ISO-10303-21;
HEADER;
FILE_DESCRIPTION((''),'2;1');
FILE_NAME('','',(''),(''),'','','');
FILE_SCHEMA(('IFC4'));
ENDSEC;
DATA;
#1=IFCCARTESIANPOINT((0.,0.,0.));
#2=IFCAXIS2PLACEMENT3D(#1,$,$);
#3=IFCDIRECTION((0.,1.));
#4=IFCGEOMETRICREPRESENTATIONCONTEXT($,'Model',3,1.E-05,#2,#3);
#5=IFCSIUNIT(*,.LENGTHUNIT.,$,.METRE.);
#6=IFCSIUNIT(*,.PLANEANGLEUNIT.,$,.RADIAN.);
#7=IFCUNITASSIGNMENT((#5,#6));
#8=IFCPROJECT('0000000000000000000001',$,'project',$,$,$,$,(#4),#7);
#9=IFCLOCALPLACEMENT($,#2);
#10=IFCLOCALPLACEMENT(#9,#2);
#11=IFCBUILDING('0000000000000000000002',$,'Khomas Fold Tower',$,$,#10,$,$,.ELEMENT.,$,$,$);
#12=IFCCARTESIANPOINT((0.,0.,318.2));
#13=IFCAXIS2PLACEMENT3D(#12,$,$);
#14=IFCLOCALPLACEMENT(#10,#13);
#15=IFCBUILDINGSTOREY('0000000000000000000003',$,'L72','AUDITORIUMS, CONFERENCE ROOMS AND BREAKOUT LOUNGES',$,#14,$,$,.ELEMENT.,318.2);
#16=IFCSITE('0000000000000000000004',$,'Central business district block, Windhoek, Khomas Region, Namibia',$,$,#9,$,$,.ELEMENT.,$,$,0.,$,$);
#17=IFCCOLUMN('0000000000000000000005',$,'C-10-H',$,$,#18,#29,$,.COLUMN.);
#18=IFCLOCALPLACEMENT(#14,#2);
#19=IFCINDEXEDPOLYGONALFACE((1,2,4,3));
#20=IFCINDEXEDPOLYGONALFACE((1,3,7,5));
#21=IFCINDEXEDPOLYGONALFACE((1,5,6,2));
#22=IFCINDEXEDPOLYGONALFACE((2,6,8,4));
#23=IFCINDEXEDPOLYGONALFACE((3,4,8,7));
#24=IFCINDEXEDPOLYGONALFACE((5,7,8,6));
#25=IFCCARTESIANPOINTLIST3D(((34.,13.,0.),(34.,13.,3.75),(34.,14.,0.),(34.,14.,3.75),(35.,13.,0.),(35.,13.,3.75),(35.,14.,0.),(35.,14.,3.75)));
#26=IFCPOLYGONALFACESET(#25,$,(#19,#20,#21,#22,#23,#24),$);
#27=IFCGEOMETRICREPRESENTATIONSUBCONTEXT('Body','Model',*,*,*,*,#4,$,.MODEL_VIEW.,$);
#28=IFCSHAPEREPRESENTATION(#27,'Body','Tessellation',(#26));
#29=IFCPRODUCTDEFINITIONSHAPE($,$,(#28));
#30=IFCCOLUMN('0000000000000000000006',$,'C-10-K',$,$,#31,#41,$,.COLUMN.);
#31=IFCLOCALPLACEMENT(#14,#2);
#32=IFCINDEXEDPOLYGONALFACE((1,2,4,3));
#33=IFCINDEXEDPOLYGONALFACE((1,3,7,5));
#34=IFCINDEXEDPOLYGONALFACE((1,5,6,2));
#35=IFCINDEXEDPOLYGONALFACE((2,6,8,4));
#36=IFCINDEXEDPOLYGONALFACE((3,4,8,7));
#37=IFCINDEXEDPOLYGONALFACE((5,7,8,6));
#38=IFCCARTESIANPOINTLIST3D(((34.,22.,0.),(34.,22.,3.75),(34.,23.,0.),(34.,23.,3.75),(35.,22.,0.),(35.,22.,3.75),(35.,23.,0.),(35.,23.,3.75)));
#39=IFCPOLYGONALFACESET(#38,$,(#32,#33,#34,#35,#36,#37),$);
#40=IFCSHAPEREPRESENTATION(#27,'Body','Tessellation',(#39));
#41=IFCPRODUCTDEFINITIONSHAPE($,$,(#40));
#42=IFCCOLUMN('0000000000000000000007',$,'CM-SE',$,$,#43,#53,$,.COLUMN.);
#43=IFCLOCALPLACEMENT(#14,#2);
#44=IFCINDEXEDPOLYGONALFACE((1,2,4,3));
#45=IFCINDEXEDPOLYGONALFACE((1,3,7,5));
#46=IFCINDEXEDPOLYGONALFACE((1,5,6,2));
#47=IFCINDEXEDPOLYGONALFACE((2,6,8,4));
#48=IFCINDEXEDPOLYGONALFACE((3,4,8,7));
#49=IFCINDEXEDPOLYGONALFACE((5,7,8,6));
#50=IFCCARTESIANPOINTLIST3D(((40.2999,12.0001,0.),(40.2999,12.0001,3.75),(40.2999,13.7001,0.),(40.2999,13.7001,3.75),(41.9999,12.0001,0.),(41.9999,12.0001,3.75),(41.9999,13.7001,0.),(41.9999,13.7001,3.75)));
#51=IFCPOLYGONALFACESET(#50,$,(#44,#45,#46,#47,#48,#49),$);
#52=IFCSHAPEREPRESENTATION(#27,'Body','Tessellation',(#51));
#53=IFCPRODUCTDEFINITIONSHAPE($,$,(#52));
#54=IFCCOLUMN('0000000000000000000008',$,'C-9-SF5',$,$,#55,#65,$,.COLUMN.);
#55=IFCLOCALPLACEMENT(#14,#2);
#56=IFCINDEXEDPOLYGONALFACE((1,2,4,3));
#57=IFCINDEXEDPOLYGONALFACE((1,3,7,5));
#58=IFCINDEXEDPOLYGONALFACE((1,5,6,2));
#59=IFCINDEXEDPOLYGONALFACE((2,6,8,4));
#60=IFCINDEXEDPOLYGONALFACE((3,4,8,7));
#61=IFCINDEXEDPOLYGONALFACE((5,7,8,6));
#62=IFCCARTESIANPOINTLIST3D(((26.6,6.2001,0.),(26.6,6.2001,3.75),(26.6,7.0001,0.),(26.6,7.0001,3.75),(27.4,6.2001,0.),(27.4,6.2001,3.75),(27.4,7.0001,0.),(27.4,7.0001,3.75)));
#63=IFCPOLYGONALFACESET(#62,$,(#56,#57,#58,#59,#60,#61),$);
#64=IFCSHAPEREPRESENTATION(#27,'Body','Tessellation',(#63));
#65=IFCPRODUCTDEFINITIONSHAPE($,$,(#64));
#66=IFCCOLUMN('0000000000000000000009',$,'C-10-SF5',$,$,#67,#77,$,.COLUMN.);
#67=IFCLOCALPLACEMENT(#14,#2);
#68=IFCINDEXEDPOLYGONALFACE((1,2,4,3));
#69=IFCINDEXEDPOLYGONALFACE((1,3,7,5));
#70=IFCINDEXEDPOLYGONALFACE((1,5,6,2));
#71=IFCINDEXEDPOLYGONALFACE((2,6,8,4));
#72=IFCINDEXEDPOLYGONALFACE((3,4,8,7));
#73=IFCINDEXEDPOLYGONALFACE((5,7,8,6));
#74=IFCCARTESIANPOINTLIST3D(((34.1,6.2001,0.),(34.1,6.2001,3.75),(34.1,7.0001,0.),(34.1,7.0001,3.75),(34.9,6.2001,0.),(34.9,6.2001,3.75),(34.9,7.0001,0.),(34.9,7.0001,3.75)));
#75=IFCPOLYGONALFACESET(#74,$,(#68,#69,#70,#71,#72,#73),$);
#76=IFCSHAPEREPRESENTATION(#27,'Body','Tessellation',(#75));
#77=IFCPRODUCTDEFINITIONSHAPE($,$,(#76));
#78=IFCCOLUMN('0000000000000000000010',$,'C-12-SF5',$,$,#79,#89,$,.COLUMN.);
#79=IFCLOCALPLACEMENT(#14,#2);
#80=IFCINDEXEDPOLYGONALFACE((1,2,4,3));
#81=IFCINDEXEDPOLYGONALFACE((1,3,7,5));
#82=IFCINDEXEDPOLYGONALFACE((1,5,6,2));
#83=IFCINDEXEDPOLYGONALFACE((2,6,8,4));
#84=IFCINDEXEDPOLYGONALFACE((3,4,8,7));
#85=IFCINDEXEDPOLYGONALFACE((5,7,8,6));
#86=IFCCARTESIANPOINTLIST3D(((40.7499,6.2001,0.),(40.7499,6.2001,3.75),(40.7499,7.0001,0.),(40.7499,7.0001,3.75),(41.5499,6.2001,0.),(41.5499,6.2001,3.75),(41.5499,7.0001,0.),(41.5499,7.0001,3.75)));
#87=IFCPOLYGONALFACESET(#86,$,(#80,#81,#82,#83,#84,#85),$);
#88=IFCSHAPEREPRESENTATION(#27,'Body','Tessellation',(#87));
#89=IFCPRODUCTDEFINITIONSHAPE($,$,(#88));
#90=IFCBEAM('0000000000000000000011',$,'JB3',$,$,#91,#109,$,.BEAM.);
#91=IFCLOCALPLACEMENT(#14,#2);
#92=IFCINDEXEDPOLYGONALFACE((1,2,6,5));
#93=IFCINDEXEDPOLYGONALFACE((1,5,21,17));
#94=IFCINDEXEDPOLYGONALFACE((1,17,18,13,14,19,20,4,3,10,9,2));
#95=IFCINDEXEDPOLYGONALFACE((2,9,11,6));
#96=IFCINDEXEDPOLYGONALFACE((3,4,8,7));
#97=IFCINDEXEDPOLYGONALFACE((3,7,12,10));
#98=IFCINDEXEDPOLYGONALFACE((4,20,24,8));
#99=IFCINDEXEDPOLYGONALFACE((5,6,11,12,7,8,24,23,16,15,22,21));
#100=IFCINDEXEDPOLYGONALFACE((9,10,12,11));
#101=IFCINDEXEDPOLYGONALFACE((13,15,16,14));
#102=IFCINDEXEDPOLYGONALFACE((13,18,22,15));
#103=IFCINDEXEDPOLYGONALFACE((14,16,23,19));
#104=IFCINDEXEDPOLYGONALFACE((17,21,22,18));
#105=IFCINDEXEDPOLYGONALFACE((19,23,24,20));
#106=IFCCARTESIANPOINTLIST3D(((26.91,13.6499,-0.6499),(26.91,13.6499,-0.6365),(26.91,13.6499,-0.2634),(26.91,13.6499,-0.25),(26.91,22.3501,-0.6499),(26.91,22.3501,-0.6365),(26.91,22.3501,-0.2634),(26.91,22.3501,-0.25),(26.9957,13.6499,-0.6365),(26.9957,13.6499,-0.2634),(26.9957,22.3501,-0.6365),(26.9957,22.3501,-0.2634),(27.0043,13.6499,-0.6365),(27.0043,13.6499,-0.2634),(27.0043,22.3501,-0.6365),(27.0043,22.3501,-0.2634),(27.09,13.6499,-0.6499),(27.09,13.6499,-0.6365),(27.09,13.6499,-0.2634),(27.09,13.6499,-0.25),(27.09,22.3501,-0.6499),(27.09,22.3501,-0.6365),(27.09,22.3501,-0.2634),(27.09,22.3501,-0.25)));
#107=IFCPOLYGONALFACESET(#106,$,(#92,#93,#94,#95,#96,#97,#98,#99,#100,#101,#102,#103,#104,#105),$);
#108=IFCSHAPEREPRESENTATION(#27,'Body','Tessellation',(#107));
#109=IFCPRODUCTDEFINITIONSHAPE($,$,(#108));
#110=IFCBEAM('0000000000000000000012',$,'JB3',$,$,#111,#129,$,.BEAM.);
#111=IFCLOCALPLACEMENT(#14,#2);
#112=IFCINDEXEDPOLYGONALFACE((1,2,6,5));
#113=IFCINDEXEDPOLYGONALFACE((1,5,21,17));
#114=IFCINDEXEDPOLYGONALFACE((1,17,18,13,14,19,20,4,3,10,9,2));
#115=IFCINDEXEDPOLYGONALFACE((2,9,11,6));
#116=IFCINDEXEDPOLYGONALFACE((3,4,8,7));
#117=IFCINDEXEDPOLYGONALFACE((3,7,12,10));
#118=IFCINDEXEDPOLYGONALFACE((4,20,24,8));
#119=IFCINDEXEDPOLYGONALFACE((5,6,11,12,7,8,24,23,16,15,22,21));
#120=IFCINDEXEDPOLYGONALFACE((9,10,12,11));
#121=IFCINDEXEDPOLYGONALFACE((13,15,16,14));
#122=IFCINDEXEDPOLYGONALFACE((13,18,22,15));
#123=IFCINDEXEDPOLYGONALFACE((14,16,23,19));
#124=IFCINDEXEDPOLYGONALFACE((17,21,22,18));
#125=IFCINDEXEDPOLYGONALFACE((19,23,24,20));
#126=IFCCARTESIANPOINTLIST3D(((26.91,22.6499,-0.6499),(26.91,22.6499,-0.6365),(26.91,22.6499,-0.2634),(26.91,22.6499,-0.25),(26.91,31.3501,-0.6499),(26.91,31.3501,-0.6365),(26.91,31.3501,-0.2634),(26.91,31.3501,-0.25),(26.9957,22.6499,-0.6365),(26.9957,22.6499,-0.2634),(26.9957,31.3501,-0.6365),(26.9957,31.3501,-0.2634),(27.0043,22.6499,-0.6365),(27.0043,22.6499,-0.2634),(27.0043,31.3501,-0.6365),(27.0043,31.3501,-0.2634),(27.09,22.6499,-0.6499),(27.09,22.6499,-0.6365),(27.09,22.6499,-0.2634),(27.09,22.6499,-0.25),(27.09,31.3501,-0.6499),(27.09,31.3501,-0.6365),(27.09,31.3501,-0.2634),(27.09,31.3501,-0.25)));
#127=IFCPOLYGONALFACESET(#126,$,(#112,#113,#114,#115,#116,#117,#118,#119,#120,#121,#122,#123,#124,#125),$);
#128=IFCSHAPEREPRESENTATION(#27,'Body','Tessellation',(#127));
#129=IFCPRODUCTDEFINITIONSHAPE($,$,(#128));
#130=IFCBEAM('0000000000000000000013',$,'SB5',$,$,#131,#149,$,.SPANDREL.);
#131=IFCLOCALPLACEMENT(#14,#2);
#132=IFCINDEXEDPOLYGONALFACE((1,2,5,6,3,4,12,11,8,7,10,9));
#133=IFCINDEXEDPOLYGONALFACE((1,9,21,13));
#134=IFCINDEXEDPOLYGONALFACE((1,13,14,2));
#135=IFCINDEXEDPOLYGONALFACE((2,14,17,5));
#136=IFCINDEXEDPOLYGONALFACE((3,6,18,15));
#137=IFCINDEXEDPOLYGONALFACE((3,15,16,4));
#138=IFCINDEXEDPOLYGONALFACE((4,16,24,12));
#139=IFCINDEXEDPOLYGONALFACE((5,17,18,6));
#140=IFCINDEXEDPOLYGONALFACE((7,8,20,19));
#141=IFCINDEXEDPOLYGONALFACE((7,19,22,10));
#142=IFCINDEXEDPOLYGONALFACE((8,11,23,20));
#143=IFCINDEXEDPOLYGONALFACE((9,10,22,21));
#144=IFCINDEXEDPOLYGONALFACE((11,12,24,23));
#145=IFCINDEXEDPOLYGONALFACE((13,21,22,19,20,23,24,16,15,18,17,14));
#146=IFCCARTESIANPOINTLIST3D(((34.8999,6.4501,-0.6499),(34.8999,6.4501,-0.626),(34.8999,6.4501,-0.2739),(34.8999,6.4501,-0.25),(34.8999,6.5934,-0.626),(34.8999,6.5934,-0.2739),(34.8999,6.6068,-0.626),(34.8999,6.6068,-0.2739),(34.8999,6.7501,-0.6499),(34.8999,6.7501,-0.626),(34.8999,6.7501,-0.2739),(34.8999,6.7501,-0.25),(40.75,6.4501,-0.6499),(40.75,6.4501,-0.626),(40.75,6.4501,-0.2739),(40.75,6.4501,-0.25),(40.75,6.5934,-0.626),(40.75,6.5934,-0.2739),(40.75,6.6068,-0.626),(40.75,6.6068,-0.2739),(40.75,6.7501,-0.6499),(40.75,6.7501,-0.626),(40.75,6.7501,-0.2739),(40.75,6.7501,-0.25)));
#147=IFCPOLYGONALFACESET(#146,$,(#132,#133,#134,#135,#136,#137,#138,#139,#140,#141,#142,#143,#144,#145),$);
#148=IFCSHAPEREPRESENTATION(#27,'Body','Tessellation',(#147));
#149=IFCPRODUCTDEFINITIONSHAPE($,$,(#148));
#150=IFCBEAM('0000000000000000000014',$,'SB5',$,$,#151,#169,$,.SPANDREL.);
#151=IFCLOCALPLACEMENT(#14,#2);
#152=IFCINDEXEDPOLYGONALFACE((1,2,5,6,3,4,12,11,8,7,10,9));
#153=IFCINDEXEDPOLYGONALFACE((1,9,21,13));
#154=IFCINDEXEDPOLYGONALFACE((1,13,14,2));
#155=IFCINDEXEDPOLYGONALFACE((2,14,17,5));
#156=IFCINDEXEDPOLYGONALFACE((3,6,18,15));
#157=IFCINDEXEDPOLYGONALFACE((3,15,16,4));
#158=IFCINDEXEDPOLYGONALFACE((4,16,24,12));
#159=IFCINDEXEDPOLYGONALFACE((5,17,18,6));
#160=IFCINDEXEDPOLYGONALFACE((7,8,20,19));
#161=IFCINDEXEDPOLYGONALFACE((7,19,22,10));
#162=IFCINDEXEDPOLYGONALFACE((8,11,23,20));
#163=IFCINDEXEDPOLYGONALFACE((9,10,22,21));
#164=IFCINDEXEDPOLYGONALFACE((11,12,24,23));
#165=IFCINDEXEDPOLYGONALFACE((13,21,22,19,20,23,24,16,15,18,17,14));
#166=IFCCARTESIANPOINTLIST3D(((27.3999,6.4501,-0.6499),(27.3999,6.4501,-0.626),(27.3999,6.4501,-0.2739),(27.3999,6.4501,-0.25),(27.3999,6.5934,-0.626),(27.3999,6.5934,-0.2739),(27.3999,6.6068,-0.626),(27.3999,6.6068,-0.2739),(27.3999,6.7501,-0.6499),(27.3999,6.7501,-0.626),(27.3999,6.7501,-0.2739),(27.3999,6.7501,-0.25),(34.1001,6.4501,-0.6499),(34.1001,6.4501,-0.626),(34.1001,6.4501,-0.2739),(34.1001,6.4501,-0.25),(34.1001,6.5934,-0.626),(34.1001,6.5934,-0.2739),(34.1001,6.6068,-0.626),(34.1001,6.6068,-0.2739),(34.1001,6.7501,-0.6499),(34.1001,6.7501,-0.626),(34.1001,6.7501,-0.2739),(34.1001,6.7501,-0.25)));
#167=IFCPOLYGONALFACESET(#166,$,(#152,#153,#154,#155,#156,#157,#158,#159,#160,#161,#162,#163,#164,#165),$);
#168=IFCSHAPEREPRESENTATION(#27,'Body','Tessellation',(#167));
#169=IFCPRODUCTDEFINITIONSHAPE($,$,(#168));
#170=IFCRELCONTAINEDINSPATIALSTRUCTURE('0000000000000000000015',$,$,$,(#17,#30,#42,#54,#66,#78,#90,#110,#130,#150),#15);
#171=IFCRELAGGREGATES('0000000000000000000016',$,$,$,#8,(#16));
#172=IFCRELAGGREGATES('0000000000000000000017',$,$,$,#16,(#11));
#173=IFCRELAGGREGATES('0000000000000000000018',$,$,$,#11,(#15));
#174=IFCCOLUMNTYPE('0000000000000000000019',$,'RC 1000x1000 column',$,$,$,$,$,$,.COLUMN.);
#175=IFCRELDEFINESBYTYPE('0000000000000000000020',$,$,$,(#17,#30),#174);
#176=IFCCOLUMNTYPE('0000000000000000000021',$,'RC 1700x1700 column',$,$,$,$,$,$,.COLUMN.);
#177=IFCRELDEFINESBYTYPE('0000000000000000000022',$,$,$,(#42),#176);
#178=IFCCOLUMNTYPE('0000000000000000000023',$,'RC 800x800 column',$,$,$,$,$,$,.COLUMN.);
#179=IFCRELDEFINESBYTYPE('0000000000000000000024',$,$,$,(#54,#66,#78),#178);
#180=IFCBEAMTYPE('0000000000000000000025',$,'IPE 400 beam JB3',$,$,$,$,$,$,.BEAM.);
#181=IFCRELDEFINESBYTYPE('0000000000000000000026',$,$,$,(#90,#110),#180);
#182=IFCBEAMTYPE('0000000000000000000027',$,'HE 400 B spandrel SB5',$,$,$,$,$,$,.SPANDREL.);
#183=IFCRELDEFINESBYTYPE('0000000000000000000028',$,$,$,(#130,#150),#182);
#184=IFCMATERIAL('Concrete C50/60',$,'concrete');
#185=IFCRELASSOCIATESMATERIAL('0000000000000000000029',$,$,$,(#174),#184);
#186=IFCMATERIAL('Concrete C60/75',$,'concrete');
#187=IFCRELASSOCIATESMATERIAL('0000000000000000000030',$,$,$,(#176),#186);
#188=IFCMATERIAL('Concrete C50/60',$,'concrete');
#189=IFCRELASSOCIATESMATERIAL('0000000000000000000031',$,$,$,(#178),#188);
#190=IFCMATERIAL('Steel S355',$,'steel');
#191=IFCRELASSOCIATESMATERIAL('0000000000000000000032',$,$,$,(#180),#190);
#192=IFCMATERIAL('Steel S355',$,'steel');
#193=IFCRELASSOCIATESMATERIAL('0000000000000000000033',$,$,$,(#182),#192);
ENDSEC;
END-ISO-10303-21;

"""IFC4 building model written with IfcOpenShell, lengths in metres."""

from ifc_helpers import new_model, si_unit, direction, frame, origin, origin_2d, place, context, subcontext, project, spatial, rectangle, i_section, extrude, source, transform, mapped, material, material_profile, profile_set, type_object, element, save


model = new_model("IFC4")

# Units and contexts
model_context = context("Model", 3, precision=1e-05, world=origin(), true_north=direction((0.0, 1.0)))
body_context = subcontext(model_context, "Body", "Model", "MODEL_VIEW")
ifc_project = project(units=[si_unit("LENGTHUNIT", "METRE"), si_unit("PLANEANGLEUNIT", "RADIAN")], contexts=[model_context])

# Site, building, storey
site_placement = place(None, origin())
site = spatial("IfcSite", under=ifc_project, at=site_placement, Name="Central business district block, Windhoek, Khomas Region, Namibia", CompositionType="ELEMENT", RefElevation=0.0)
building_placement = place(site_placement, origin())
building = spatial("IfcBuilding", under=site, at=building_placement, Name="Khomas Fold Tower", CompositionType="ELEMENT")
storey_placement = place(building_placement, frame((0.0, 0.0, 318.2)))
storey = spatial("IfcBuildingStorey", under=building, at=storey_placement, Name="L72", Description="AUDITORIUMS, CONFERENCE ROOMS AND BREAKOUT LOUNGES", CompositionType="ELEMENT", Elevation=318.2)

# Columns
ifc_material_1 = material(Name="Concrete C50/60", Category="concrete")
ifc_material_profile_1 = material_profile(ifc_material_1, rectangle(XDim=1.0, YDim=1.0, at=origin_2d()), Name="RC 1000x1000")
ifc_profile_set_1 = profile_set([ifc_material_profile_1], Name="Concrete C50/60")
column_type_1 = type_object("IfcColumnType", Name="RC 1000x1000 column", PredefinedType="COLUMN", material=ifc_profile_set_1)
shared_shape_1 = source(origin(), body_context, "Body", "SweptSolid", [
    extrude(rectangle(XDim=1.0, YDim=1.0, at=origin_2d()), origin(), (0.0, 0.0, 1.0), 3.75),
])
for number, where, z_axis, x_axis, name in (
    (1, (34.5, 13.5, 0.0), (0.0, 0.0, 1.0), (1.0, 0.0, 0.0), "C-10-H"),
    (2, (34.5, 22.5, 0.0), (0.0, 0.0, 1.0), (1.0, 0.0, 0.0), "C-10-K"),
):
    element("IfcColumn", number, at=place(storey_placement, frame(where, z_axis=z_axis, x_axis=x_axis)), inside=storey, type_object=column_type_1, Name=name, PredefinedType="COLUMN", context=body_context, shape_type="MappedRepresentation", body=[
        mapped(shared_shape_1, transform((0.0, 0.0, 0.0))),
    ])
ifc_material_2 = material(Name="Concrete C60/75", Category="concrete")
ifc_material_profile_2 = material_profile(ifc_material_2, rectangle(XDim=1.7, YDim=1.7, at=origin_2d()), Name="RC 1700x1700")
ifc_profile_set_2 = profile_set([ifc_material_profile_2], Name="Concrete C60/75")
column_type_2 = type_object("IfcColumnType", Name="RC 1700x1700 column", PredefinedType="COLUMN", material=ifc_profile_set_2)
shared_shape_2 = source(origin(), body_context, "Body", "SweptSolid", [
    extrude(rectangle(XDim=1.7, YDim=1.7, at=origin_2d()), origin(), (0.0, 0.0, 1.0), 3.75),
])
column_placement = place(storey_placement, frame((41.1499, 12.8501, 0.0), z_axis=(0.0, 0.0, 1.0), x_axis=(1.0, 0.0, 0.0)))
element("IfcColumn", 3, at=column_placement, inside=storey, type_object=column_type_2, Name="CM-SE", PredefinedType="COLUMN", context=body_context, shape_type="MappedRepresentation", body=[
    mapped(shared_shape_2, transform((0.0, 0.0, 0.0))),
])
ifc_material_3 = material(Name="Concrete C50/60", Category="concrete")
ifc_material_profile_3 = material_profile(ifc_material_3, rectangle(XDim=0.8, YDim=0.8, at=origin_2d()), Name="RC 800x800")
ifc_profile_set_3 = profile_set([ifc_material_profile_3], Name="Concrete C50/60")
column_type_3 = type_object("IfcColumnType", Name="RC 800x800 column", PredefinedType="COLUMN", material=ifc_profile_set_3)
shared_shape_3 = source(origin(), body_context, "Body", "SweptSolid", [
    extrude(rectangle(XDim=0.8, YDim=0.8, at=origin_2d()), origin(), (0.0, 0.0, 1.0), 3.75),
])
for number, where, z_axis, x_axis, name in (
    (4, (27.0, 6.6001, 0.0), (0.0, 0.0, 1.0), (1.0, 0.0, 0.0), "C-9-SF5"),
    (5, (34.5, 6.6001, 0.0), (0.0, 0.0, 1.0), (1.0, 0.0, 0.0), "C-10-SF5"),
    (6, (41.1499, 6.6001, 0.0), (0.0, 0.0, 1.0), (1.0, 0.0, 0.0), "C-12-SF5"),
):
    element("IfcColumn", number, at=place(storey_placement, frame(where, z_axis=z_axis, x_axis=x_axis)), inside=storey, type_object=column_type_3, Name=name, PredefinedType="COLUMN", context=body_context, shape_type="MappedRepresentation", body=[
        mapped(shared_shape_3, transform((0.0, 0.0, 0.0))),
    ])

# Beams
ifc_material_4 = material(Name="Steel S355", Category="steel")
ifc_material_profile_4 = material_profile(ifc_material_4, i_section(OverallWidth=0.1799, OverallDepth=0.3999, WebThickness=0.0085, FlangeThickness=0.0134, at=origin_2d()), Name="IPE 400")
ifc_profile_set_4 = profile_set([ifc_material_profile_4], Name="Steel S355")
beam_type_1 = type_object("IfcBeamType", Name="IPE 400 beam JB3", PredefinedType="BEAM", material=ifc_profile_set_4)
shared_shape_4 = source(origin(), body_context, "Body", "SweptSolid", [
    extrude(i_section(OverallWidth=0.1799, OverallDepth=0.3999, WebThickness=0.0085, FlangeThickness=0.0134, at=origin_2d()), origin(), (0.0, 0.0, 1.0), 8.7002),
])
for number, where, z_axis, x_axis, name in (
    (7, (27.0, 13.6499, -0.45), (0.0, 1.0, 0.0), (-1.0, 0.0, 0.0), "JB3"),
    (8, (27.0, 22.6499, -0.45), (0.0, 1.0, 0.0), (-1.0, 0.0, 0.0), "JB3"),
):
    element("IfcBeam", number, at=place(storey_placement, frame(where, z_axis=z_axis, x_axis=x_axis)), inside=storey, type_object=beam_type_1, Name=name, PredefinedType="BEAM", context=body_context, shape_type="MappedRepresentation", body=[
        mapped(shared_shape_4, transform((0.0, 0.0, 0.0))),
    ])
ifc_material_5 = material(Name="Steel S355", Category="steel")
ifc_material_profile_5 = material_profile(ifc_material_5, i_section(OverallWidth=0.3, OverallDepth=0.3999, WebThickness=0.0134, FlangeThickness=0.0239, at=origin_2d()), Name="HE 400 B")
ifc_profile_set_5 = profile_set([ifc_material_profile_5], Name="Steel S355")
beam_type_2 = type_object("IfcBeamType", Name="HE 400 B spandrel SB5", PredefinedType="SPANDREL", material=ifc_profile_set_5)
shared_shape_5 = source(origin(), body_context, "Body", "SweptSolid", [
    extrude(i_section(OverallWidth=0.3, OverallDepth=0.3999, WebThickness=0.0134, FlangeThickness=0.0239, at=origin_2d()), origin(), (0.0, 0.0, 1.0), 5.8501),
])
beam_1_placement = place(storey_placement, frame((34.8999, 6.6001, -0.45), z_axis=(1.0, 0.0, 0.0), x_axis=(0.0, 1.0, 0.0)))
element("IfcBeam", 9, at=beam_1_placement, inside=storey, type_object=beam_type_2, Name="SB5", PredefinedType="SPANDREL", context=body_context, shape_type="MappedRepresentation", body=[
    mapped(shared_shape_5, transform((0.0, 0.0, 0.0))),
])
shared_shape_6 = source(origin(), body_context, "Body", "SweptSolid", [
    extrude(i_section(OverallWidth=0.3, OverallDepth=0.3999, WebThickness=0.0134, FlangeThickness=0.0239, at=origin_2d()), origin(), (0.0, 0.0, 1.0), 6.7002),
])
beam_2_placement = place(storey_placement, frame((27.3999, 6.6001, -0.45), z_axis=(1.0, 0.0, 0.0), x_axis=(0.0, 1.0, 0.0)))
element("IfcBeam", 10, at=beam_2_placement, inside=storey, type_object=beam_type_2, Name="SB5", PredefinedType="SPANDREL", context=body_context, shape_type="MappedRepresentation", body=[
    mapped(shared_shape_6, transform((0.0, 0.0, 0.0))),
])

save(model, "model.ifc")
